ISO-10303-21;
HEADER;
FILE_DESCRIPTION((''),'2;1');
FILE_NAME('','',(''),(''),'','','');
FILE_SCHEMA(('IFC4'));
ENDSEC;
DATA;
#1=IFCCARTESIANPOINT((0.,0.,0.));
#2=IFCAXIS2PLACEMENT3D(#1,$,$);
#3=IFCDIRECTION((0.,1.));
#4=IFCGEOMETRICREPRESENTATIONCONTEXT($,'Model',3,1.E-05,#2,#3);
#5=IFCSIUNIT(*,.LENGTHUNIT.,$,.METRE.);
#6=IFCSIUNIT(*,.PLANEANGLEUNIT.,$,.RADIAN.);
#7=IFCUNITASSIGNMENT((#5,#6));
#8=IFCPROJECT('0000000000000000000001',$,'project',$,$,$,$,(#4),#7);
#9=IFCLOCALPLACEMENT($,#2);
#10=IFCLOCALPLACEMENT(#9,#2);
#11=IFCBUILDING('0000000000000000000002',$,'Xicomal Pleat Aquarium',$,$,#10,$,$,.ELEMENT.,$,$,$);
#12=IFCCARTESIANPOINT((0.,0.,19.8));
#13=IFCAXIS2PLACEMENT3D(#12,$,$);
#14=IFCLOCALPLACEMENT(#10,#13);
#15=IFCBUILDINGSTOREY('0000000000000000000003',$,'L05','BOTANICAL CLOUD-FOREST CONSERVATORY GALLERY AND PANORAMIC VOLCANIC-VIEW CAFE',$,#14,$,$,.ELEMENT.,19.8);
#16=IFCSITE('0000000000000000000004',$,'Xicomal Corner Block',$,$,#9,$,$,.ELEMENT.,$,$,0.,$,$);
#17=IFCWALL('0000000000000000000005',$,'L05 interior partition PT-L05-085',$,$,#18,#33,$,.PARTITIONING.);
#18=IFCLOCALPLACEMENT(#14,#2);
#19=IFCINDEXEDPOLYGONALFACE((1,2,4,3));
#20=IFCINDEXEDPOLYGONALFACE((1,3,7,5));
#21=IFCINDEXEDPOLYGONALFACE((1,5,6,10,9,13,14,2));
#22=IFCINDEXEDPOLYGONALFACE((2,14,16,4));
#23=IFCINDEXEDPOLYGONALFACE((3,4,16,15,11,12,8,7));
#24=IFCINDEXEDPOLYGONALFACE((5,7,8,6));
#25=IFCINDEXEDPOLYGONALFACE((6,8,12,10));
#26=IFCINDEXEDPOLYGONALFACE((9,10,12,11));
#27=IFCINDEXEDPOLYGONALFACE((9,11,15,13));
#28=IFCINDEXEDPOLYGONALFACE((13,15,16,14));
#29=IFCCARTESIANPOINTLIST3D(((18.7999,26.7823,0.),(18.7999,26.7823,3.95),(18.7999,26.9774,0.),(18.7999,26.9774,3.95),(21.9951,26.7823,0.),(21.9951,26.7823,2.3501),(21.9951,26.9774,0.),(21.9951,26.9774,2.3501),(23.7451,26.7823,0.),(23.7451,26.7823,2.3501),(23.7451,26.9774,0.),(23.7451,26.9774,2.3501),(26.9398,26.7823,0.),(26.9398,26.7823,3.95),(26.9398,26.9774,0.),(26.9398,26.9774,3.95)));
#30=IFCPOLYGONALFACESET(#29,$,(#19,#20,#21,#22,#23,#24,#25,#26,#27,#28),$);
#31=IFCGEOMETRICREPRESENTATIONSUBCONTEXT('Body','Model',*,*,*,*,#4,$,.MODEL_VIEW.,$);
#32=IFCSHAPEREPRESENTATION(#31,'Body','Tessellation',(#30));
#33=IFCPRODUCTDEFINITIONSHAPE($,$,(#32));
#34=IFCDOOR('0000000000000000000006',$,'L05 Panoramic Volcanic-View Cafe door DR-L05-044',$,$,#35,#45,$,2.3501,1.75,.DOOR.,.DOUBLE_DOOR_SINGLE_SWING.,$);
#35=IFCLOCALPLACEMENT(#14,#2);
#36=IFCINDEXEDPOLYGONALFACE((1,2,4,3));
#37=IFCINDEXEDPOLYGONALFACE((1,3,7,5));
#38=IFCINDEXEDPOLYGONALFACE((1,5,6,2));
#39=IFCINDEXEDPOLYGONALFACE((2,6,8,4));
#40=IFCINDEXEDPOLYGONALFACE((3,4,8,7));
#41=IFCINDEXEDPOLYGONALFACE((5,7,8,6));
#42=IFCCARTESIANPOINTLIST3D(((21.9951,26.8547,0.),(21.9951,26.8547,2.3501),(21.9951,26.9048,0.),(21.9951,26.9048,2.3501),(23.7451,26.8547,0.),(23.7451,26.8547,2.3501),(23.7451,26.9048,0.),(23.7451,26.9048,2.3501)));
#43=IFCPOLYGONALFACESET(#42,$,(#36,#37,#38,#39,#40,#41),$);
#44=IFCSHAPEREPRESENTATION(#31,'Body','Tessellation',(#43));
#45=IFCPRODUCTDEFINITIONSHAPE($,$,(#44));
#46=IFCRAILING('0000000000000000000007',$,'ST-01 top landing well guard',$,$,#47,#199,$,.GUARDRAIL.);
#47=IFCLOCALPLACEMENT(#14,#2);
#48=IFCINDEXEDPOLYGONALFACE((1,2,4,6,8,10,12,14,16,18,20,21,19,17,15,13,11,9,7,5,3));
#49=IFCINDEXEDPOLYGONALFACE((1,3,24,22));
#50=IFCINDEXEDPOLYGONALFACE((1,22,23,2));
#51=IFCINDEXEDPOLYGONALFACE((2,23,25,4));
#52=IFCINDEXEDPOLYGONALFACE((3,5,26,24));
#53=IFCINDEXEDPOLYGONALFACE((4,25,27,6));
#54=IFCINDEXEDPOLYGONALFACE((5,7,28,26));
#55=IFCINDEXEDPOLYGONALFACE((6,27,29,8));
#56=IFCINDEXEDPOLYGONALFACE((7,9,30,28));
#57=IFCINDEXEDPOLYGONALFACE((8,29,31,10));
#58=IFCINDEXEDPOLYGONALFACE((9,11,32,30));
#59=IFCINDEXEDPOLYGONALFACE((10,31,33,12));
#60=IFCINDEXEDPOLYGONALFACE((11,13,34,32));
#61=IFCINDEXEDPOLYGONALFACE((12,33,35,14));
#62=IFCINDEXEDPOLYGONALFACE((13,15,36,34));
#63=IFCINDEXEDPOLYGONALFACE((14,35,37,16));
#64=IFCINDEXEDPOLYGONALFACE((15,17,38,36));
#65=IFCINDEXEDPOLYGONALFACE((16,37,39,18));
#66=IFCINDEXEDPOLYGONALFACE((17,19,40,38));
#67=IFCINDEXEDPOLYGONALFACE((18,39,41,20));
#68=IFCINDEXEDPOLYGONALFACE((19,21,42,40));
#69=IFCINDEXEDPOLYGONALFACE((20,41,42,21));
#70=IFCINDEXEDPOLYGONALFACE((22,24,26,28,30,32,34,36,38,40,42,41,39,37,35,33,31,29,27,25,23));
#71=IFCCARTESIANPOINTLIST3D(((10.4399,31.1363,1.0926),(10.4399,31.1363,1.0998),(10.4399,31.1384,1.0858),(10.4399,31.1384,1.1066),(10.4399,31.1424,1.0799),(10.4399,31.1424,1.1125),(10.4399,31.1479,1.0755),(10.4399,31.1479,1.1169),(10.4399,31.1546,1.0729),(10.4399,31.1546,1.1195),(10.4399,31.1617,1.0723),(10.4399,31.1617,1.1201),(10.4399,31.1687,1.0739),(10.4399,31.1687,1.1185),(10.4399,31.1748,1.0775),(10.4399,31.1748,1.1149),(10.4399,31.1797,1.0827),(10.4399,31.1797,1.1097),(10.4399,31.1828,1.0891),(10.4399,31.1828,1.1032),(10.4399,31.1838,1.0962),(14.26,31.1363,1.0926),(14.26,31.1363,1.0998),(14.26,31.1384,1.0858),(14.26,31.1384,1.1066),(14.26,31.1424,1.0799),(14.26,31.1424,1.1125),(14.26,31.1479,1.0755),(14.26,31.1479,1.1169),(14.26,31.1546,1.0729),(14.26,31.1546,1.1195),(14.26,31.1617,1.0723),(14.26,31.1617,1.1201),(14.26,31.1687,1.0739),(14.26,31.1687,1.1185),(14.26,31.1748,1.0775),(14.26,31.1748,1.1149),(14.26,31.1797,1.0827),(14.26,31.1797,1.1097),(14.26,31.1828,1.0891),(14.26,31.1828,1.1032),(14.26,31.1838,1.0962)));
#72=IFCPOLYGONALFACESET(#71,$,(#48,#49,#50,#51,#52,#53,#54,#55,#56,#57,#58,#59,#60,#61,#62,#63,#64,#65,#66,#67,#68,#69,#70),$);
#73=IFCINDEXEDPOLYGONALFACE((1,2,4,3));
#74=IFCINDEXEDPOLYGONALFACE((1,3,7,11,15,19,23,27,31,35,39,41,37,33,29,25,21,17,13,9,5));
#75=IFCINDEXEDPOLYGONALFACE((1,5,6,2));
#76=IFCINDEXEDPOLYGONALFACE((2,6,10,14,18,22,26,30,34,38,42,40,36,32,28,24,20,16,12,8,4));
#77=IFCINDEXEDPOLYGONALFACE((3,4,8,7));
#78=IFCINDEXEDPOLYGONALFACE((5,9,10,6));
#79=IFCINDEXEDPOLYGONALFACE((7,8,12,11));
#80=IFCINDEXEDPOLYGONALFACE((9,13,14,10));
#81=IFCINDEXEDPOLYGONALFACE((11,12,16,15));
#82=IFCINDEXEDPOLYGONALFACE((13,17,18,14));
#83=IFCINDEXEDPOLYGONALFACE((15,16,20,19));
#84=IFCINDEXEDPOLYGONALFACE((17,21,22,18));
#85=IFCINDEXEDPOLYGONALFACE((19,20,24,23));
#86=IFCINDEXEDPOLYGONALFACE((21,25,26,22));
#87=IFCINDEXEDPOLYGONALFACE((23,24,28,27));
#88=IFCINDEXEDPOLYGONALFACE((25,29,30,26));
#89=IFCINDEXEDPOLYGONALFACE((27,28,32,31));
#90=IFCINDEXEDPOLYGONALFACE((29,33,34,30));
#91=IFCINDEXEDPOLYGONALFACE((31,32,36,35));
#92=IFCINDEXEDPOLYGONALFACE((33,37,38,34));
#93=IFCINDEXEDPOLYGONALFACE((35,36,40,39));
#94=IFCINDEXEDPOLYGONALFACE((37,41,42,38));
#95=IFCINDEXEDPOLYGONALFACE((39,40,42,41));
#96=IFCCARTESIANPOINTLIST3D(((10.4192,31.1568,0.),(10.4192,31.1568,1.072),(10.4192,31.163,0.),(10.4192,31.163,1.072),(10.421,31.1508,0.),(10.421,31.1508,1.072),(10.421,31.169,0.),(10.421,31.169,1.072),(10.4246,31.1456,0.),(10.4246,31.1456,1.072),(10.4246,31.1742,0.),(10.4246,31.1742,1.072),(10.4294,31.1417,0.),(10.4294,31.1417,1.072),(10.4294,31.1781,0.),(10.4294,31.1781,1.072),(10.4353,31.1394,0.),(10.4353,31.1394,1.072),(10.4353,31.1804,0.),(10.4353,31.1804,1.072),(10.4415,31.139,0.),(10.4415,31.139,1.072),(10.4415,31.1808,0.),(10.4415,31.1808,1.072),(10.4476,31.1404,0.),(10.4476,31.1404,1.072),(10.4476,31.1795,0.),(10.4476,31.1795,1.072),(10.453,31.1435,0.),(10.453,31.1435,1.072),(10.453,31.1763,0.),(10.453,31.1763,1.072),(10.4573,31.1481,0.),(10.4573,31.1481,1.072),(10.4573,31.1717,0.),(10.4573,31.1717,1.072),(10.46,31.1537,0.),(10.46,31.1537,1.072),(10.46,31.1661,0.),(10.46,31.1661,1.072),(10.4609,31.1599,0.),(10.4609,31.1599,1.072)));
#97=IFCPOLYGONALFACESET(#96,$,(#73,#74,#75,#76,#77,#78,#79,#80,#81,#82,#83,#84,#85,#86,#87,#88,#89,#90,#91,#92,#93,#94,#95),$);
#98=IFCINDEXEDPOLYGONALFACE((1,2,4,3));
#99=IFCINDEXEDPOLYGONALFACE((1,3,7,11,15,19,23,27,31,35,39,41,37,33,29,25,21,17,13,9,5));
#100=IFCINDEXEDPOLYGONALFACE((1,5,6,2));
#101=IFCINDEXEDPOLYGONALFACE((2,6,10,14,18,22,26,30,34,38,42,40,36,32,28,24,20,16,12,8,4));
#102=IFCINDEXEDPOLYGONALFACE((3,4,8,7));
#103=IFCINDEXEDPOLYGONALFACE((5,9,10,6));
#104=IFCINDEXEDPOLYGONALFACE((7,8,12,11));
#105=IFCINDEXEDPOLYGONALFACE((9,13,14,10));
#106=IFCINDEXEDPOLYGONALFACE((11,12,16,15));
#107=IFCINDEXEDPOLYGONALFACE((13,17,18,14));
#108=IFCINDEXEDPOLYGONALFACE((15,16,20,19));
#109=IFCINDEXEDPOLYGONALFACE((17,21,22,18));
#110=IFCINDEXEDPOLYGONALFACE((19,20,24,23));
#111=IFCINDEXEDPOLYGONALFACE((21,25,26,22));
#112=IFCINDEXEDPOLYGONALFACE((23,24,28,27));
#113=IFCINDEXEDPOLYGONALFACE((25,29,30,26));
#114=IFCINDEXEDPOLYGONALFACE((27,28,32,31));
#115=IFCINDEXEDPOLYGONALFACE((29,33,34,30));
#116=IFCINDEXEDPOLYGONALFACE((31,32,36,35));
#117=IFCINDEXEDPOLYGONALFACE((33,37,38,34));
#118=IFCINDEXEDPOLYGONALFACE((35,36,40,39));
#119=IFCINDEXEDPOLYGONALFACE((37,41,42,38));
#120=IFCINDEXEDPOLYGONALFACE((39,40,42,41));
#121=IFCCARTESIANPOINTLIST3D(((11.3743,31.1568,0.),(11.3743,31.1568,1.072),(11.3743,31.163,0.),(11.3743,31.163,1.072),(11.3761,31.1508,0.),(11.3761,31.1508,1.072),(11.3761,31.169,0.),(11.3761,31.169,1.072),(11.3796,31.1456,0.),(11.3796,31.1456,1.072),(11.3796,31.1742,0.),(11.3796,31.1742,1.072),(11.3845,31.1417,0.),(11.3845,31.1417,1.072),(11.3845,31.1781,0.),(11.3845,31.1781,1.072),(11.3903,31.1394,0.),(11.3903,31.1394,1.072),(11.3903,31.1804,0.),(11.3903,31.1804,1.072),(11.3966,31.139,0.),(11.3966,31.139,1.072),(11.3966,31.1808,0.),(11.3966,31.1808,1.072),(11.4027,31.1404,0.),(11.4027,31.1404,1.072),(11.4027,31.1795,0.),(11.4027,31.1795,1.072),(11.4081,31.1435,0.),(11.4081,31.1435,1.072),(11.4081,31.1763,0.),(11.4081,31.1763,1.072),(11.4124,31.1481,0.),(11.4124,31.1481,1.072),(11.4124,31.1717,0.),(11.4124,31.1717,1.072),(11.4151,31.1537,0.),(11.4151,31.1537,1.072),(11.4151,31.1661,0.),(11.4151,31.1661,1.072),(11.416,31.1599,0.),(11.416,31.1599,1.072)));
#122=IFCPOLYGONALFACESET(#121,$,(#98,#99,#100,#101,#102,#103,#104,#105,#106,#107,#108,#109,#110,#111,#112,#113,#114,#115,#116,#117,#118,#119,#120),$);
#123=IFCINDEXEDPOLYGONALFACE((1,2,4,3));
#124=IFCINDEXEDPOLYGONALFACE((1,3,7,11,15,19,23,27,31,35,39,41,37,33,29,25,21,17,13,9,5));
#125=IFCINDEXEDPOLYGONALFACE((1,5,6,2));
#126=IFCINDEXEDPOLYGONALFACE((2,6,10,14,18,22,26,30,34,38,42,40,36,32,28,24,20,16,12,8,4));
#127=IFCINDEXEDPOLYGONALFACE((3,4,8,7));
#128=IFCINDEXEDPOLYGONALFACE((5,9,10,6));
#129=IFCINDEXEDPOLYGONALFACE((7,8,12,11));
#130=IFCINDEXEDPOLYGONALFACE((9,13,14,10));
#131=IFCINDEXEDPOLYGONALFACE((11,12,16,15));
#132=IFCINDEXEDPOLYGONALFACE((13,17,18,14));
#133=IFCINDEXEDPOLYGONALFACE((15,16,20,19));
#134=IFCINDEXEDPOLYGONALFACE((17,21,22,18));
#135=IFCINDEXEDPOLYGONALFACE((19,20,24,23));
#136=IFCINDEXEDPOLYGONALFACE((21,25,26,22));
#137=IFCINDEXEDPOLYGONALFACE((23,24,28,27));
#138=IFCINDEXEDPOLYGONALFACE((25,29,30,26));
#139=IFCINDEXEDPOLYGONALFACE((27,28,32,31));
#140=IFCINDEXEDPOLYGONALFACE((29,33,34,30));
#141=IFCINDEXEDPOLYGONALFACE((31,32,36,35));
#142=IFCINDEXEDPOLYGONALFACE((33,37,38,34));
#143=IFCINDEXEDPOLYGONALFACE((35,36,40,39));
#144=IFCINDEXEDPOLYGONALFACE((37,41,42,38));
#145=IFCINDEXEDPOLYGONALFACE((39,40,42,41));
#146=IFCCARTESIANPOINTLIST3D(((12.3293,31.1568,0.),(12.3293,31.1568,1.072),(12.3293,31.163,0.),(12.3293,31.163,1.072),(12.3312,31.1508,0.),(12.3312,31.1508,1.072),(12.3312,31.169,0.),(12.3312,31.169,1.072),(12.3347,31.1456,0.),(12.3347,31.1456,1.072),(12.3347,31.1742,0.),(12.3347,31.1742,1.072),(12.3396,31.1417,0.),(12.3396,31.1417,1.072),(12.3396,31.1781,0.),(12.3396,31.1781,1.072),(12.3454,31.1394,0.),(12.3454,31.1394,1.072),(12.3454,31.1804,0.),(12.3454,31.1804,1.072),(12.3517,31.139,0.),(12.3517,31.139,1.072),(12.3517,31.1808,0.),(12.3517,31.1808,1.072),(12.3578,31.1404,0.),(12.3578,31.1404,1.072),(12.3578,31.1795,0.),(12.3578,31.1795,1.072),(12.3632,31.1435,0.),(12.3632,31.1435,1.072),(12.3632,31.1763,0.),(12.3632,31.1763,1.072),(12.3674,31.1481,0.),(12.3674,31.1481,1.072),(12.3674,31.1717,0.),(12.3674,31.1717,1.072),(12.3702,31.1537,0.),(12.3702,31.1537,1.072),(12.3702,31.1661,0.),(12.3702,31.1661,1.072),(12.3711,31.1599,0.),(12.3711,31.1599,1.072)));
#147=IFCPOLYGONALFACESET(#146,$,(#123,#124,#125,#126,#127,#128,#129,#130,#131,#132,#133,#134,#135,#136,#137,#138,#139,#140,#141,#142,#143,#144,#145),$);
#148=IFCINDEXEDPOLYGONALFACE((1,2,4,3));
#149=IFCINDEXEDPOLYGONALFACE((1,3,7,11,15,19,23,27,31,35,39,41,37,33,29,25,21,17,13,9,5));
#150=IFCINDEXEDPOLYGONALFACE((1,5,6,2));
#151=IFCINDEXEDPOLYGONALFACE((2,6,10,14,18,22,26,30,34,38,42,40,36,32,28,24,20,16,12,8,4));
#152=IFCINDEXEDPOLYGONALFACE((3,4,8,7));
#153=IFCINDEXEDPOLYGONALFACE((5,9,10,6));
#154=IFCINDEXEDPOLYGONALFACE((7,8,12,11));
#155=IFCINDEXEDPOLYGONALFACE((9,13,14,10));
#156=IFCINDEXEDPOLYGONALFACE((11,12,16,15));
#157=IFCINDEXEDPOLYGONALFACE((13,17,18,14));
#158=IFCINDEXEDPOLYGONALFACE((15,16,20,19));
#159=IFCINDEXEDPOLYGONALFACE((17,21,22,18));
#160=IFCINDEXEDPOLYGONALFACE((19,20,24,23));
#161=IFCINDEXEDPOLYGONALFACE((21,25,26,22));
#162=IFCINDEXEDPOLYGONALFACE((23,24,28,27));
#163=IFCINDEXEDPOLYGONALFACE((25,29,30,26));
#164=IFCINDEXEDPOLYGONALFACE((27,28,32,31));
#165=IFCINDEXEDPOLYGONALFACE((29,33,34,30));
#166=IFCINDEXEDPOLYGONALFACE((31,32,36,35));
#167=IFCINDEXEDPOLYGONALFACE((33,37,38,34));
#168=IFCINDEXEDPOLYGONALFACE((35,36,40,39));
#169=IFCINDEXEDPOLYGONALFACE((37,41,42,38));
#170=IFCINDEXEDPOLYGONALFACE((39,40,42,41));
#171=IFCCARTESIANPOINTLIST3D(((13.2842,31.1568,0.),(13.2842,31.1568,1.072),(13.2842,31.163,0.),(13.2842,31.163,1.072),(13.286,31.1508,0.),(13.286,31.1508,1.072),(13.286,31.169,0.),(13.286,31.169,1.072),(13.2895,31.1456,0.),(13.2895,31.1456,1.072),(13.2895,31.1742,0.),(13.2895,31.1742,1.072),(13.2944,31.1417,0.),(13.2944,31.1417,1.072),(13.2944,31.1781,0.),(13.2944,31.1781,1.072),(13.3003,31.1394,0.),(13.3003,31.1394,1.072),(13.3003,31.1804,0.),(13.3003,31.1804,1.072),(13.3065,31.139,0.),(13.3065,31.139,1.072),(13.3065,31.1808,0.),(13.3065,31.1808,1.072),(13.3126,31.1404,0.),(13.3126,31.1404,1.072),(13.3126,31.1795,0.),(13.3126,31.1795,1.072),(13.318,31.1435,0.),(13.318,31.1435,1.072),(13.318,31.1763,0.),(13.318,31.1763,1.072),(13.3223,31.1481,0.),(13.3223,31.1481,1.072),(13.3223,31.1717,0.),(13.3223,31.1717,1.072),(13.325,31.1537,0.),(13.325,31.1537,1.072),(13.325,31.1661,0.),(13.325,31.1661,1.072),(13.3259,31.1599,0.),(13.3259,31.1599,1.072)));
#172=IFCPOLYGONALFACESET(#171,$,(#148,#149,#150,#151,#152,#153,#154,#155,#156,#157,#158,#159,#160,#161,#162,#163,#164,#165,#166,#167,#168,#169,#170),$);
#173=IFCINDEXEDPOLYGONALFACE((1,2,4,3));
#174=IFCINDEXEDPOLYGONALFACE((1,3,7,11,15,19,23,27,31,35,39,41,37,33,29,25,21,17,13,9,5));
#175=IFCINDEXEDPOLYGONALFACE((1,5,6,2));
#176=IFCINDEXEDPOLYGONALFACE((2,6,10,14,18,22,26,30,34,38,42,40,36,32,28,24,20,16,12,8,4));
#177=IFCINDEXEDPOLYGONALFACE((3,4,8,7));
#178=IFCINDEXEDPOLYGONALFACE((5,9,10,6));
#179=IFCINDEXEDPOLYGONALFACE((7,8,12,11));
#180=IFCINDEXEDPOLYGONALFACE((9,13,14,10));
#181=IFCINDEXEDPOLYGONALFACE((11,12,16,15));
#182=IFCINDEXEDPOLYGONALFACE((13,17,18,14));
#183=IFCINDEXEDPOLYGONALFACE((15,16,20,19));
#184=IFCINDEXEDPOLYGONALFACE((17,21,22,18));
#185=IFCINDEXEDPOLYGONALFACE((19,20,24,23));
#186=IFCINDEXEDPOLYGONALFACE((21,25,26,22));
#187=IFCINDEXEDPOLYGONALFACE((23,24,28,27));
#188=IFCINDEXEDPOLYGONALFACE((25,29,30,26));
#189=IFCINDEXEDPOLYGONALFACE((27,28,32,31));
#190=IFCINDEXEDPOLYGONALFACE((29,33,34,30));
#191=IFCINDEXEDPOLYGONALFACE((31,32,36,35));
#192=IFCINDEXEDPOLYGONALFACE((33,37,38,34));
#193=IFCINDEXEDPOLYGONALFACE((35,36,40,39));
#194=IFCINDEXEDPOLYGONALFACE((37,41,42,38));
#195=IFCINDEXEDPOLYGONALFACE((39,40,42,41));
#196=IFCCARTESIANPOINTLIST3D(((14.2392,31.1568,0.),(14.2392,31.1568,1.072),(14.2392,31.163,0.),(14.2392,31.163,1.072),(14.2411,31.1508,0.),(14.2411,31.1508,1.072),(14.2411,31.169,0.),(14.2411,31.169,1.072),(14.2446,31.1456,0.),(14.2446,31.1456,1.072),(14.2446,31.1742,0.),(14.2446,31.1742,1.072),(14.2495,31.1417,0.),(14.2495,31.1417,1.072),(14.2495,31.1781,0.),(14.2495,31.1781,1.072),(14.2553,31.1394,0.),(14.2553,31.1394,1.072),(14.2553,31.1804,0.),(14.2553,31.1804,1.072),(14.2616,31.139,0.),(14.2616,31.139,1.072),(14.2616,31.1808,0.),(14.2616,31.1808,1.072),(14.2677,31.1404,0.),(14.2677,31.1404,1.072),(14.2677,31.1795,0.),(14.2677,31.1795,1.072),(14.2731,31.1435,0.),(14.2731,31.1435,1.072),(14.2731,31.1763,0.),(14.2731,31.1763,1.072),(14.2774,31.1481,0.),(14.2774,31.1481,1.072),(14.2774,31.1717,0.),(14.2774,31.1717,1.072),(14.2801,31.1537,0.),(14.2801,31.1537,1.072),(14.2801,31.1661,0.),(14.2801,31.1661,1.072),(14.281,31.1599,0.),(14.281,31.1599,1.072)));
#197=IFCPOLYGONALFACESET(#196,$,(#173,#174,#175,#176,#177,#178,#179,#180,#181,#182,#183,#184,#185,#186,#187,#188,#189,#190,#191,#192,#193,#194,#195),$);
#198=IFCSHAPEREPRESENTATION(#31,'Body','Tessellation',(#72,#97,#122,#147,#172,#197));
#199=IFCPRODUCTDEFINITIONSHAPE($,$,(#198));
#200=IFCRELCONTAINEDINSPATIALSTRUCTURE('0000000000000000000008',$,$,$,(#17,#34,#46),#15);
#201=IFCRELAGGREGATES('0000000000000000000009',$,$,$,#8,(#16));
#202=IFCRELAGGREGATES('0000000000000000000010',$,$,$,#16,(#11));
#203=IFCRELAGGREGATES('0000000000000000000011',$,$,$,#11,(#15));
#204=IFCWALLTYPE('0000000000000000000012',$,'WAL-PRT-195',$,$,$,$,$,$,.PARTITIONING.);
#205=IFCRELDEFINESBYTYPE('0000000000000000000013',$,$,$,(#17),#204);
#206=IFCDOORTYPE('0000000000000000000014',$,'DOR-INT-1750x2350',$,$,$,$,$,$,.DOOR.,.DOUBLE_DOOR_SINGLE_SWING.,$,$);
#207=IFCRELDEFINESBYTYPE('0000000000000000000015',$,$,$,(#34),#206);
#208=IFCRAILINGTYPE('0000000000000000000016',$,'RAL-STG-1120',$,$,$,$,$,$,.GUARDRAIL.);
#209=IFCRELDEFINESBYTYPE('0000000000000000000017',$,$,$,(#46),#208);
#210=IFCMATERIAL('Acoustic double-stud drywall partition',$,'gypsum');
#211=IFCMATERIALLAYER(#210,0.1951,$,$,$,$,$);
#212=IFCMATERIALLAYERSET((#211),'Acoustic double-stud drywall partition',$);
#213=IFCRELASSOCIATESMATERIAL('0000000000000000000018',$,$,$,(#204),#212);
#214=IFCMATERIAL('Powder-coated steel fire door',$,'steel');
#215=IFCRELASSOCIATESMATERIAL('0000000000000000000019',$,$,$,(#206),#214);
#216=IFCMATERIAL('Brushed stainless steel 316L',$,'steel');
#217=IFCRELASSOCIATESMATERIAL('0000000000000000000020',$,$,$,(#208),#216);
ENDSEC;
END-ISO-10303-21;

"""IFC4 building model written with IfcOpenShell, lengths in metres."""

from ifc_helpers import new_model, si_unit, direction, frame, frame_2d, origin, origin_2d, place, context, subcontext, project, spatial, rectangle, circle, extrude, material, layer, layer_set, type_object, element, fill, save


model = new_model("IFC4")

# Units and contexts
model_context = context("Model", 3, precision=1e-05, world=origin(), true_north=direction((0.0, 1.0)))
body_context = subcontext(model_context, "Body", "Model", "MODEL_VIEW")
ifc_project = project(units=[si_unit("LENGTHUNIT", "METRE"), si_unit("PLANEANGLEUNIT", "RADIAN")], contexts=[model_context])

# Site, building, storey
site_placement = place(None, origin())
site = spatial("IfcSite", under=ifc_project, at=site_placement, Name="Xicomal Corner Block", CompositionType="ELEMENT", RefElevation=0.0)
building_placement = place(site_placement, origin())
building = spatial("IfcBuilding", under=site, at=building_placement, Name="Xicomal Pleat Aquarium", CompositionType="ELEMENT")
storey_placement = place(building_placement, frame((0.0, 0.0, 19.8)))
storey = spatial("IfcBuildingStorey", under=building, at=storey_placement, Name="L05", Description="BOTANICAL CLOUD-FOREST CONSERVATORY GALLERY AND PANORAMIC VOLCANIC-VIEW CAFE", CompositionType="ELEMENT", Elevation=19.8)

# Wall, opening, door
ifc_material_1 = material(Name="Acoustic double-stud drywall partition", Category="gypsum")
ifc_layer_1 = layer(ifc_material_1, 0.1951)
ifc_layer_set_1 = layer_set([ifc_layer_1], Name="Acoustic double-stud drywall partition")
wall_type_1 = type_object("IfcWallType", Name="WAL-PRT-195", PredefinedType="PARTITIONING", material=ifc_layer_set_1)
wall_1_placement = place(storey_placement, frame((18.8, 26.8799, 0.0), z_axis=(0.0, 0.0, 1.0), x_axis=(1.0, 0.0, 0.0)))
wall_1 = element("IfcWall", 1, at=wall_1_placement, inside=storey, type_object=wall_type_1, Name="L05 interior partition PT-L05-085", PredefinedType="PARTITIONING", context=body_context, shape_type="SweptSolid", body=[
    extrude(rectangle(XDim=8.1399, YDim=0.1951, at=frame_2d((4.0698, 0.0))), origin(), (0.0, 0.0, 1.0), 3.95),
])
opening_placement = place(wall_1_placement, frame((3.1951, 0.0, 0.0)))
opening = element("IfcOpeningElement", 2, at=opening_placement, cuts=wall_1, PredefinedType="OPENING", context=body_context, shape_type="SweptSolid", body=[
    extrude(rectangle(XDim=1.75, YDim=2.3501, at=frame_2d((0.875, 1.175))), frame((0.0, 0.1074, 0.0), z_axis=(0.0, -1.0, 0.0), x_axis=(1.0, 0.0, 0.0)), (0.0, 0.0, 1.0), 0.2151),
])
ifc_material_2 = material(Name="Powder-coated steel fire door", Category="steel")
door_type = type_object("IfcDoorType", Name="DOR-INT-1750x2350", OperationType="DOUBLE_DOOR_SINGLE_SWING", PredefinedType="DOOR", material=ifc_material_2)
door_placement = place(opening_placement, origin())
door = element("IfcDoor", 3, at=door_placement, inside=storey, type_object=door_type, Name="L05 Panoramic Volcanic-View Cafe door DR-L05-044", OperationType="DOUBLE_DOOR_SINGLE_SWING", OverallHeight=2.3501, OverallWidth=1.75, PredefinedType="DOOR", context=body_context, shape_type="SweptSolid", body=[
    extrude(rectangle(XDim=1.75, YDim=2.3501, at=frame_2d((0.875, 1.175))), frame((0.0, 0.0249, 0.0), z_axis=(0.0, -1.0, 0.0), x_axis=(1.0, 0.0, 0.0)), (0.0, 0.0, 1.0), 0.05),
])
fill(opening, door)

# Railing
ifc_material_3 = material(Name="Brushed stainless steel 316L", Category="steel")
railing_type = type_object("IfcRailingType", Name="RAL-STG-1120", PredefinedType="GUARDRAIL", material=ifc_material_3)
railing_placement = place(storey_placement, frame((10.4399, 31.1599, 0.0)))
element("IfcRailing", 4, at=railing_placement, inside=storey, type_object=railing_type, Name="ST-01 top landing well guard", PredefinedType="GUARDRAIL", context=body_context, shape_type="SweptSolid", body=[
    extrude(circle(Radius=0.0239, at=origin_2d()), frame((0.0, 0.0, 1.0962), z_axis=(1.0, 0.0, 0.0), x_axis=(0.0, 1.0, 0.0)), (0.0, 0.0, 1.0), 3.8201),
    extrude(circle(Radius=0.021, at=origin_2d()), origin(), (0.0, 0.0, 1.0), 1.072),
    extrude(circle(Radius=0.021, at=origin_2d()), frame((0.9551, 0.0, 0.0)), (0.0, 0.0, 1.0), 1.072),
    extrude(circle(Radius=0.021, at=origin_2d()), frame((1.9102, 0.0, 0.0)), (0.0, 0.0, 1.0), 1.072),
    extrude(circle(Radius=0.021, at=origin_2d()), frame((2.865, 0.0, 0.0)), (0.0, 0.0, 1.0), 1.072),
    extrude(circle(Radius=0.021, at=origin_2d()), frame((3.8201, 0.0, 0.0)), (0.0, 0.0, 1.0), 1.072),
])

save(model, "model.ifc")
